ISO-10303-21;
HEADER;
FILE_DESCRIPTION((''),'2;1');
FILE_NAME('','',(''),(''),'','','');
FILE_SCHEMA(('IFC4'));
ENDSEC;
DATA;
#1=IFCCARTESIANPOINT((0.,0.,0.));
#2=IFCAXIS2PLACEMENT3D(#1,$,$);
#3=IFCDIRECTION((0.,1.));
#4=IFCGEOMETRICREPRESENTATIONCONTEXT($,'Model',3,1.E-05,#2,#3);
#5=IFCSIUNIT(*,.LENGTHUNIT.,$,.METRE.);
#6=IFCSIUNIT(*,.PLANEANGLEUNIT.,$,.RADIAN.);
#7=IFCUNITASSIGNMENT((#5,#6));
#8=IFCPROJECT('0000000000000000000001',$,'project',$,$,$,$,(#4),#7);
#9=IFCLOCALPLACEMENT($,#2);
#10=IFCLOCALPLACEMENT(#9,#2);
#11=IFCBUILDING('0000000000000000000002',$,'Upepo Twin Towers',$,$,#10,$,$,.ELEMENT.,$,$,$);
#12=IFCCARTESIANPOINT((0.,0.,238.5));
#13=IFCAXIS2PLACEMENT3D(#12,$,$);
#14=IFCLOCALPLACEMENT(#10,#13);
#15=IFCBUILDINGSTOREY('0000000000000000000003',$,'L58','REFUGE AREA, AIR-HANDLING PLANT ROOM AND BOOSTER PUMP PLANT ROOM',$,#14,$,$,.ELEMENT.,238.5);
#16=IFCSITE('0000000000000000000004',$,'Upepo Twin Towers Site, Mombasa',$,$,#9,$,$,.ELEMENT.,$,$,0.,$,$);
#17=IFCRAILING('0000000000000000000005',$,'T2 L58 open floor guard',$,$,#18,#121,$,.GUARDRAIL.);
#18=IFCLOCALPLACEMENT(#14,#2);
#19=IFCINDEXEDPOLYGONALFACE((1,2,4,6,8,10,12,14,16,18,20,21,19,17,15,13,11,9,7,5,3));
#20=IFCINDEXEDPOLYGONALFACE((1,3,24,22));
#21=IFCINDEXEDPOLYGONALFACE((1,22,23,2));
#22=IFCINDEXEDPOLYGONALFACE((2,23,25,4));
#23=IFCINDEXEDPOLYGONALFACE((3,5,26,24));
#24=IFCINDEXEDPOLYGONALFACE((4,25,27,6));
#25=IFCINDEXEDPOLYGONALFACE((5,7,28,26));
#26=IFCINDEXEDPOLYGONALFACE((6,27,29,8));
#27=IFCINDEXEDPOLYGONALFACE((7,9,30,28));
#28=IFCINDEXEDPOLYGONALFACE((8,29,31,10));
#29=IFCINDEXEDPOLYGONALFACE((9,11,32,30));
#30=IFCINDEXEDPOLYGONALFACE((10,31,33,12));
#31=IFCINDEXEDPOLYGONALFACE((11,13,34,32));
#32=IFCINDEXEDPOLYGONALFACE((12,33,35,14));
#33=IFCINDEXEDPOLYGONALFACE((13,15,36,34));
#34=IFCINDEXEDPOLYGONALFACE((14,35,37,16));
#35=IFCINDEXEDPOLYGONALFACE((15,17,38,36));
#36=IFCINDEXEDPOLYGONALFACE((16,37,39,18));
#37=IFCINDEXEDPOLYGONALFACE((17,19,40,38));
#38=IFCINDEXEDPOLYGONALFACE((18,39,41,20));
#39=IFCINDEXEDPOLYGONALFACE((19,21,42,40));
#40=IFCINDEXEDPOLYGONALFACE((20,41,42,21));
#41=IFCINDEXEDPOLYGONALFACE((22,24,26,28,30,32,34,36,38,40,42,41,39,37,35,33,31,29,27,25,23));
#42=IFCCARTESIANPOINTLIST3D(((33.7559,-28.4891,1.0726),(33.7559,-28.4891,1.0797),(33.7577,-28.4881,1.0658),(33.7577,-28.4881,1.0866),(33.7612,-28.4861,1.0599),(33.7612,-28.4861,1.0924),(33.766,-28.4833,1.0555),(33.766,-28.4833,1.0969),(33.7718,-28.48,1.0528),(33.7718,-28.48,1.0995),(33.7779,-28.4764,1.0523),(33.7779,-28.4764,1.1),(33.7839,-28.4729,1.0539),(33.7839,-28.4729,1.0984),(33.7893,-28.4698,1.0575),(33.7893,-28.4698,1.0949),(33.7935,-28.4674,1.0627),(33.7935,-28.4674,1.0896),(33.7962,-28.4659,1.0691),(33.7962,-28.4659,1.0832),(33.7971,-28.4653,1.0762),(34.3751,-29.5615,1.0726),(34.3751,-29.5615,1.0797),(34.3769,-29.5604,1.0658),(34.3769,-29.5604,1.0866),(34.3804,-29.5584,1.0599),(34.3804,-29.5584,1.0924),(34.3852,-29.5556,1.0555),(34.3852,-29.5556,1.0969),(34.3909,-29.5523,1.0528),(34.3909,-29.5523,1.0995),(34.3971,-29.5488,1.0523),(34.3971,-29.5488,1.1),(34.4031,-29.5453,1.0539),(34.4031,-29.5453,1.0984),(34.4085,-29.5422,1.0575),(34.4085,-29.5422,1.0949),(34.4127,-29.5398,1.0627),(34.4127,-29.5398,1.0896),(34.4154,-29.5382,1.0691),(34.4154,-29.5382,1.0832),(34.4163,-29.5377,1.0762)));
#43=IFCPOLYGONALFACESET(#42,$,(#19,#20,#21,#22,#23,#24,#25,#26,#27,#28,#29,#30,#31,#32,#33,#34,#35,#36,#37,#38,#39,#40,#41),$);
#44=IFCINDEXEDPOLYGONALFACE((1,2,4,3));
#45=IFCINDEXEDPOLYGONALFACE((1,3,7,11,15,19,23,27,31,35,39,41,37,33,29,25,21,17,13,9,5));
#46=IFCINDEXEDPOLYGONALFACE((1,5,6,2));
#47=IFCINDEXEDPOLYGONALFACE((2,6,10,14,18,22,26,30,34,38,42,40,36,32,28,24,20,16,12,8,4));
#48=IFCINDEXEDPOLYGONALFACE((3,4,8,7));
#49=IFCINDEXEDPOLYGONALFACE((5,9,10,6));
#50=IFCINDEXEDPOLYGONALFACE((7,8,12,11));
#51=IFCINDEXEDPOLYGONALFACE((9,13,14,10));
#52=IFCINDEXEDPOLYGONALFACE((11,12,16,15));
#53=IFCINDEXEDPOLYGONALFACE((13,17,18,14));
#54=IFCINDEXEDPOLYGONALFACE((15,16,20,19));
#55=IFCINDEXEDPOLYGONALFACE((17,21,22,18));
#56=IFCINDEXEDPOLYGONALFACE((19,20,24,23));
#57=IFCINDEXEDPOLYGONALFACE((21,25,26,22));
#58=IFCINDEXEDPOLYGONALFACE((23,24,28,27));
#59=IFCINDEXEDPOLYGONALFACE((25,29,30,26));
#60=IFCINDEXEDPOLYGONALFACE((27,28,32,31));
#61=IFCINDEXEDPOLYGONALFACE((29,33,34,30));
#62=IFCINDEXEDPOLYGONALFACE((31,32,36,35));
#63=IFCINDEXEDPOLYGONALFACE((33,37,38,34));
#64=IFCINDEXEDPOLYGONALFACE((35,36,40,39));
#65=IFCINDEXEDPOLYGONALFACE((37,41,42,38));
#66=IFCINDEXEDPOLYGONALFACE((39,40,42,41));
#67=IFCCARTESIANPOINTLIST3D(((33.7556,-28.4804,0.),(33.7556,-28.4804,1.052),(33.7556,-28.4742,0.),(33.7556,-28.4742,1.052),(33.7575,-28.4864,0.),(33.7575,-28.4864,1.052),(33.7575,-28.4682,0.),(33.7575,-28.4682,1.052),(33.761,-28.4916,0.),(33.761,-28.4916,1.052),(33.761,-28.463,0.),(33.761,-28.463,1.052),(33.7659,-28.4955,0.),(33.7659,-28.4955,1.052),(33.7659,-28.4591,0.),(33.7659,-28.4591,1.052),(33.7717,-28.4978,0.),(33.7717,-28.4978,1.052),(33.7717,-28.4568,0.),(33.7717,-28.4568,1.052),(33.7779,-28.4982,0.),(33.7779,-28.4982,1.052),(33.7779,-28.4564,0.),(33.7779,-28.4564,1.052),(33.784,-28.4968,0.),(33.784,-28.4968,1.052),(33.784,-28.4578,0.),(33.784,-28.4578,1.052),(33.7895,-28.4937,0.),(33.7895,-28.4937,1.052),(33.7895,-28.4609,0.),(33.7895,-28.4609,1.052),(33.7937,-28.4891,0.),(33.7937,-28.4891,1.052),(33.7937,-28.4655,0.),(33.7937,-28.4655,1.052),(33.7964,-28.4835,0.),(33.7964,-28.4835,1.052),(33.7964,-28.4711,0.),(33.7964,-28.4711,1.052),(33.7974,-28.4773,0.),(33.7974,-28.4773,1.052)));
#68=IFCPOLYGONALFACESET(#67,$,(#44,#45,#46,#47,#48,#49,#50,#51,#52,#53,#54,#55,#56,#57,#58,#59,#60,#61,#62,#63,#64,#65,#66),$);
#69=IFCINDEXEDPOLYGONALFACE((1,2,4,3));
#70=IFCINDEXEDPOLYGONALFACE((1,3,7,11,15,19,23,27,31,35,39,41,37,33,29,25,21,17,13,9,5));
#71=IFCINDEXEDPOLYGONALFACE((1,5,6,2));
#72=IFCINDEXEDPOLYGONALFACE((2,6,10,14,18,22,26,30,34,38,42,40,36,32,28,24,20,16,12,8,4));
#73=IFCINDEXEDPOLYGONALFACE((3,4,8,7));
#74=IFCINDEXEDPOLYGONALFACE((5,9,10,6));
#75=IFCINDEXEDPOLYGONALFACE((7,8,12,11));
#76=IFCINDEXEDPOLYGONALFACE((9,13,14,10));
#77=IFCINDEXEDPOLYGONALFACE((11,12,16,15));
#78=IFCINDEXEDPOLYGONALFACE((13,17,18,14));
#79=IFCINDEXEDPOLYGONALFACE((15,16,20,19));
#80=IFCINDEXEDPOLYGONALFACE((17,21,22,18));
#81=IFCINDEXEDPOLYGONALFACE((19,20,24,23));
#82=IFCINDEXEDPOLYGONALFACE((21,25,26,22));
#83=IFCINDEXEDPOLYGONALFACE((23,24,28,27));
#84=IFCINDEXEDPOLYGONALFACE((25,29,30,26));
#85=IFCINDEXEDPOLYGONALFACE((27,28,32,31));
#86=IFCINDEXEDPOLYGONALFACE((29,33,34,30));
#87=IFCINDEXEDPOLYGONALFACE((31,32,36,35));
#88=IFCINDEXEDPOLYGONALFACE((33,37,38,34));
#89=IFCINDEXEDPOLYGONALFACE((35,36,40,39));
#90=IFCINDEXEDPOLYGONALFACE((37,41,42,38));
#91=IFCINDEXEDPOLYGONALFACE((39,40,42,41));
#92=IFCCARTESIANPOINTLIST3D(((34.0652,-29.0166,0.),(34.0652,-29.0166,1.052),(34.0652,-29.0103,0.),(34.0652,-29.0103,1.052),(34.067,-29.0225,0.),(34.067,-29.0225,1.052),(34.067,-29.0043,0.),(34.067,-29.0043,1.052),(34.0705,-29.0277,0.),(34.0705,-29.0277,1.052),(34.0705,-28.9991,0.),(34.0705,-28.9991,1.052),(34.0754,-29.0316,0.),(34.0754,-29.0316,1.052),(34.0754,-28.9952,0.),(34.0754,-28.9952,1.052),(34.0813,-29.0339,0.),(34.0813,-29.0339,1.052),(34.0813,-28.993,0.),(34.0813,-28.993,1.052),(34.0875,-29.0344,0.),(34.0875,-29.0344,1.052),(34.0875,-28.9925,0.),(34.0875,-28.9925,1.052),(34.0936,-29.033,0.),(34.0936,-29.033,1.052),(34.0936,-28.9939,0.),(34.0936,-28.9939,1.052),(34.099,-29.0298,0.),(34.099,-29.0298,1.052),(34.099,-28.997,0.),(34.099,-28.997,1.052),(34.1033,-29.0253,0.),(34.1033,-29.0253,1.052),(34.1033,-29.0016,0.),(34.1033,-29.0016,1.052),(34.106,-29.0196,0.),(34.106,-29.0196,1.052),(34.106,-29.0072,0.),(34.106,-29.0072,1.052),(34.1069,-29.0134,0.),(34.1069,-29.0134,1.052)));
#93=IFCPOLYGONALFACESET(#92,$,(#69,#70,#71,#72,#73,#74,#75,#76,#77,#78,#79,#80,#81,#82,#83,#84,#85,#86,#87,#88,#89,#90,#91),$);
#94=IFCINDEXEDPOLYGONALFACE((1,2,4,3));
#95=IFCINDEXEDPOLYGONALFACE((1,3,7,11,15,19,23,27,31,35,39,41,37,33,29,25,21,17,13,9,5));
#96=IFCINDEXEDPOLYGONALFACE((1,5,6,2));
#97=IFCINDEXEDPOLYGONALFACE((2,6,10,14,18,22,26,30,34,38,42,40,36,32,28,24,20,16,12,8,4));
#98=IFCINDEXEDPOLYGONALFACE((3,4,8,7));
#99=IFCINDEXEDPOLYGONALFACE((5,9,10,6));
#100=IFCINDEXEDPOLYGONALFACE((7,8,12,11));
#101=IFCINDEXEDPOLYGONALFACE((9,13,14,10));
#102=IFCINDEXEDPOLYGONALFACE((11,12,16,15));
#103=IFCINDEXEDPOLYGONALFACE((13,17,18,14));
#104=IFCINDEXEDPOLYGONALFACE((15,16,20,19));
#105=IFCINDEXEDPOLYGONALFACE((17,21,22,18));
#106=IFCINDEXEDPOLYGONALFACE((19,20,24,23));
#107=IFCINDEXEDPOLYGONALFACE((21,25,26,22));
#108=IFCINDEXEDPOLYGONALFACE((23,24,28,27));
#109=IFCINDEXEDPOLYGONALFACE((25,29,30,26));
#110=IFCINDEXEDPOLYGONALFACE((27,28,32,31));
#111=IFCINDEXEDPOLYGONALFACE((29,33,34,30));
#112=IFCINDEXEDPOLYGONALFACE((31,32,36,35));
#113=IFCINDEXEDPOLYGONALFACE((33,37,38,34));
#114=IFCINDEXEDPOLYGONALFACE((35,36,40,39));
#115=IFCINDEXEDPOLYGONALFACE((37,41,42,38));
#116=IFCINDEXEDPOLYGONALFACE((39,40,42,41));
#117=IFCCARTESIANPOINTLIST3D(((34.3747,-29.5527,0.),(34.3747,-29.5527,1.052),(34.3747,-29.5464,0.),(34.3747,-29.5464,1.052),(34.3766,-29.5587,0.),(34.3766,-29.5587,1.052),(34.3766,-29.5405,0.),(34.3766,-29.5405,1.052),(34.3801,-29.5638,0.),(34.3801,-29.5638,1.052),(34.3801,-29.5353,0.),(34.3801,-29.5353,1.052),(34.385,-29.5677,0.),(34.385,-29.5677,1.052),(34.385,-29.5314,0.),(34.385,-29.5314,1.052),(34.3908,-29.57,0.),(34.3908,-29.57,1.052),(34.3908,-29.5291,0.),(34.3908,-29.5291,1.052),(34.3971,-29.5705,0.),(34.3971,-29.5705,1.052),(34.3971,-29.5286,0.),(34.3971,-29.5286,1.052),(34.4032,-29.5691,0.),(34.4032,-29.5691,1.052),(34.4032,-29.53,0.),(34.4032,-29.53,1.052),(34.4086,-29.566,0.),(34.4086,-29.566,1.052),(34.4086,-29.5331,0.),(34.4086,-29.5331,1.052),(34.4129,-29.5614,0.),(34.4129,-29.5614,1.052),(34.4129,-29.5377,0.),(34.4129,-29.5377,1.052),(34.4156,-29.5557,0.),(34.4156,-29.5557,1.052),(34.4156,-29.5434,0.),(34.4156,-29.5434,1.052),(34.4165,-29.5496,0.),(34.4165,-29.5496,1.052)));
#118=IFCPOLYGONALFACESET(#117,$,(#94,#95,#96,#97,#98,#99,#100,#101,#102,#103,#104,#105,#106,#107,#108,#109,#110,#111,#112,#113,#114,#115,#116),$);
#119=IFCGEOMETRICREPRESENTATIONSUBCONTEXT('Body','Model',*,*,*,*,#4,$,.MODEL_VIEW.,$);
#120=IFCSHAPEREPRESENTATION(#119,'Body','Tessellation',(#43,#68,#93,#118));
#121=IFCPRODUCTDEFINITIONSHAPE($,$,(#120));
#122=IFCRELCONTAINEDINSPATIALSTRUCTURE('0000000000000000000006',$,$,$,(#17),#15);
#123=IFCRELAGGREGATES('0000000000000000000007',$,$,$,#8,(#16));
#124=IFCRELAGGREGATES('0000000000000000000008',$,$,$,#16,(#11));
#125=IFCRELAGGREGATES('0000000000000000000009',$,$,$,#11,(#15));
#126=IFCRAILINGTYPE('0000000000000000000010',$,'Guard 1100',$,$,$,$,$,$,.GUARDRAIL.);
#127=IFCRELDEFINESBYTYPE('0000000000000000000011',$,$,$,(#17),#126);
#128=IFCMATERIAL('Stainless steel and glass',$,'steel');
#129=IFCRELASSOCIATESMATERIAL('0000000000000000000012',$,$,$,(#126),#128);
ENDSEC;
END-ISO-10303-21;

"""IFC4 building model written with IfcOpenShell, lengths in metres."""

from ifc_helpers import new_model, si_unit, direction, frame, origin, origin_2d, place, context, subcontext, project, spatial, circle, extrude, material, type_object, element, save


model = new_model("IFC4")

# Units and contexts
model_context = context("Model", 3, precision=1e-05, world=origin(), true_north=direction((0.0, 1.0)))
body_context = subcontext(model_context, "Body", "Model", "MODEL_VIEW")
ifc_project = project(units=[si_unit("LENGTHUNIT", "METRE"), si_unit("PLANEANGLEUNIT", "RADIAN")], contexts=[model_context])

# Site, building, storey
site_placement = place(None, origin())
site = spatial("IfcSite", under=ifc_project, at=site_placement, Name="Upepo Twin Towers Site, Mombasa", CompositionType="ELEMENT", RefElevation=0.0)
building_placement = place(site_placement, origin())
building = spatial("IfcBuilding", under=site, at=building_placement, Name="Upepo Twin Towers", CompositionType="ELEMENT")
storey_placement = place(building_placement, frame((0.0, 0.0, 238.5)))
storey = spatial("IfcBuildingStorey", under=building, at=storey_placement, Name="L58", Description="REFUGE AREA, AIR-HANDLING PLANT ROOM AND BOOSTER PUMP PLANT ROOM", CompositionType="ELEMENT", Elevation=238.5)

# Railing
ifc_material_1 = material(Name="Stainless steel and glass", Category="steel")
railing_type = type_object("IfcRailingType", Name="Guard 1100", PredefinedType="GUARDRAIL", material=ifc_material_1)
railing_1_placement = place(storey_placement, frame((33.7764, -28.4773, 0.0)))
element("IfcRailing", 1, at=railing_1_placement, inside=storey, type_object=railing_type, Name="T2 L58 open floor guard", PredefinedType="GUARDRAIL", context=body_context, shape_type="SweptSolid", body=[
    extrude(circle(Radius=0.0239, at=origin_2d()), frame((0.0, 0.0, 1.0762), z_axis=(0.500041, -0.866002, 0.0), x_axis=(0.866002, 0.500041, 0.0)), (0.0, 0.0, 1.0), 1.2383),
    extrude(circle(Radius=0.021, at=origin_2d()), origin(), (0.0, 0.0, 1.0), 1.052),
    extrude(circle(Radius=0.021, at=origin_2d()), frame((0.3096, -0.5361, 0.0)), (0.0, 0.0, 1.0), 1.052),
    extrude(circle(Radius=0.021, at=origin_2d()), frame((0.6191, -1.0723, 0.0)), (0.0, 0.0, 1.0), 1.052),
])

save(model, "model.ifc")
